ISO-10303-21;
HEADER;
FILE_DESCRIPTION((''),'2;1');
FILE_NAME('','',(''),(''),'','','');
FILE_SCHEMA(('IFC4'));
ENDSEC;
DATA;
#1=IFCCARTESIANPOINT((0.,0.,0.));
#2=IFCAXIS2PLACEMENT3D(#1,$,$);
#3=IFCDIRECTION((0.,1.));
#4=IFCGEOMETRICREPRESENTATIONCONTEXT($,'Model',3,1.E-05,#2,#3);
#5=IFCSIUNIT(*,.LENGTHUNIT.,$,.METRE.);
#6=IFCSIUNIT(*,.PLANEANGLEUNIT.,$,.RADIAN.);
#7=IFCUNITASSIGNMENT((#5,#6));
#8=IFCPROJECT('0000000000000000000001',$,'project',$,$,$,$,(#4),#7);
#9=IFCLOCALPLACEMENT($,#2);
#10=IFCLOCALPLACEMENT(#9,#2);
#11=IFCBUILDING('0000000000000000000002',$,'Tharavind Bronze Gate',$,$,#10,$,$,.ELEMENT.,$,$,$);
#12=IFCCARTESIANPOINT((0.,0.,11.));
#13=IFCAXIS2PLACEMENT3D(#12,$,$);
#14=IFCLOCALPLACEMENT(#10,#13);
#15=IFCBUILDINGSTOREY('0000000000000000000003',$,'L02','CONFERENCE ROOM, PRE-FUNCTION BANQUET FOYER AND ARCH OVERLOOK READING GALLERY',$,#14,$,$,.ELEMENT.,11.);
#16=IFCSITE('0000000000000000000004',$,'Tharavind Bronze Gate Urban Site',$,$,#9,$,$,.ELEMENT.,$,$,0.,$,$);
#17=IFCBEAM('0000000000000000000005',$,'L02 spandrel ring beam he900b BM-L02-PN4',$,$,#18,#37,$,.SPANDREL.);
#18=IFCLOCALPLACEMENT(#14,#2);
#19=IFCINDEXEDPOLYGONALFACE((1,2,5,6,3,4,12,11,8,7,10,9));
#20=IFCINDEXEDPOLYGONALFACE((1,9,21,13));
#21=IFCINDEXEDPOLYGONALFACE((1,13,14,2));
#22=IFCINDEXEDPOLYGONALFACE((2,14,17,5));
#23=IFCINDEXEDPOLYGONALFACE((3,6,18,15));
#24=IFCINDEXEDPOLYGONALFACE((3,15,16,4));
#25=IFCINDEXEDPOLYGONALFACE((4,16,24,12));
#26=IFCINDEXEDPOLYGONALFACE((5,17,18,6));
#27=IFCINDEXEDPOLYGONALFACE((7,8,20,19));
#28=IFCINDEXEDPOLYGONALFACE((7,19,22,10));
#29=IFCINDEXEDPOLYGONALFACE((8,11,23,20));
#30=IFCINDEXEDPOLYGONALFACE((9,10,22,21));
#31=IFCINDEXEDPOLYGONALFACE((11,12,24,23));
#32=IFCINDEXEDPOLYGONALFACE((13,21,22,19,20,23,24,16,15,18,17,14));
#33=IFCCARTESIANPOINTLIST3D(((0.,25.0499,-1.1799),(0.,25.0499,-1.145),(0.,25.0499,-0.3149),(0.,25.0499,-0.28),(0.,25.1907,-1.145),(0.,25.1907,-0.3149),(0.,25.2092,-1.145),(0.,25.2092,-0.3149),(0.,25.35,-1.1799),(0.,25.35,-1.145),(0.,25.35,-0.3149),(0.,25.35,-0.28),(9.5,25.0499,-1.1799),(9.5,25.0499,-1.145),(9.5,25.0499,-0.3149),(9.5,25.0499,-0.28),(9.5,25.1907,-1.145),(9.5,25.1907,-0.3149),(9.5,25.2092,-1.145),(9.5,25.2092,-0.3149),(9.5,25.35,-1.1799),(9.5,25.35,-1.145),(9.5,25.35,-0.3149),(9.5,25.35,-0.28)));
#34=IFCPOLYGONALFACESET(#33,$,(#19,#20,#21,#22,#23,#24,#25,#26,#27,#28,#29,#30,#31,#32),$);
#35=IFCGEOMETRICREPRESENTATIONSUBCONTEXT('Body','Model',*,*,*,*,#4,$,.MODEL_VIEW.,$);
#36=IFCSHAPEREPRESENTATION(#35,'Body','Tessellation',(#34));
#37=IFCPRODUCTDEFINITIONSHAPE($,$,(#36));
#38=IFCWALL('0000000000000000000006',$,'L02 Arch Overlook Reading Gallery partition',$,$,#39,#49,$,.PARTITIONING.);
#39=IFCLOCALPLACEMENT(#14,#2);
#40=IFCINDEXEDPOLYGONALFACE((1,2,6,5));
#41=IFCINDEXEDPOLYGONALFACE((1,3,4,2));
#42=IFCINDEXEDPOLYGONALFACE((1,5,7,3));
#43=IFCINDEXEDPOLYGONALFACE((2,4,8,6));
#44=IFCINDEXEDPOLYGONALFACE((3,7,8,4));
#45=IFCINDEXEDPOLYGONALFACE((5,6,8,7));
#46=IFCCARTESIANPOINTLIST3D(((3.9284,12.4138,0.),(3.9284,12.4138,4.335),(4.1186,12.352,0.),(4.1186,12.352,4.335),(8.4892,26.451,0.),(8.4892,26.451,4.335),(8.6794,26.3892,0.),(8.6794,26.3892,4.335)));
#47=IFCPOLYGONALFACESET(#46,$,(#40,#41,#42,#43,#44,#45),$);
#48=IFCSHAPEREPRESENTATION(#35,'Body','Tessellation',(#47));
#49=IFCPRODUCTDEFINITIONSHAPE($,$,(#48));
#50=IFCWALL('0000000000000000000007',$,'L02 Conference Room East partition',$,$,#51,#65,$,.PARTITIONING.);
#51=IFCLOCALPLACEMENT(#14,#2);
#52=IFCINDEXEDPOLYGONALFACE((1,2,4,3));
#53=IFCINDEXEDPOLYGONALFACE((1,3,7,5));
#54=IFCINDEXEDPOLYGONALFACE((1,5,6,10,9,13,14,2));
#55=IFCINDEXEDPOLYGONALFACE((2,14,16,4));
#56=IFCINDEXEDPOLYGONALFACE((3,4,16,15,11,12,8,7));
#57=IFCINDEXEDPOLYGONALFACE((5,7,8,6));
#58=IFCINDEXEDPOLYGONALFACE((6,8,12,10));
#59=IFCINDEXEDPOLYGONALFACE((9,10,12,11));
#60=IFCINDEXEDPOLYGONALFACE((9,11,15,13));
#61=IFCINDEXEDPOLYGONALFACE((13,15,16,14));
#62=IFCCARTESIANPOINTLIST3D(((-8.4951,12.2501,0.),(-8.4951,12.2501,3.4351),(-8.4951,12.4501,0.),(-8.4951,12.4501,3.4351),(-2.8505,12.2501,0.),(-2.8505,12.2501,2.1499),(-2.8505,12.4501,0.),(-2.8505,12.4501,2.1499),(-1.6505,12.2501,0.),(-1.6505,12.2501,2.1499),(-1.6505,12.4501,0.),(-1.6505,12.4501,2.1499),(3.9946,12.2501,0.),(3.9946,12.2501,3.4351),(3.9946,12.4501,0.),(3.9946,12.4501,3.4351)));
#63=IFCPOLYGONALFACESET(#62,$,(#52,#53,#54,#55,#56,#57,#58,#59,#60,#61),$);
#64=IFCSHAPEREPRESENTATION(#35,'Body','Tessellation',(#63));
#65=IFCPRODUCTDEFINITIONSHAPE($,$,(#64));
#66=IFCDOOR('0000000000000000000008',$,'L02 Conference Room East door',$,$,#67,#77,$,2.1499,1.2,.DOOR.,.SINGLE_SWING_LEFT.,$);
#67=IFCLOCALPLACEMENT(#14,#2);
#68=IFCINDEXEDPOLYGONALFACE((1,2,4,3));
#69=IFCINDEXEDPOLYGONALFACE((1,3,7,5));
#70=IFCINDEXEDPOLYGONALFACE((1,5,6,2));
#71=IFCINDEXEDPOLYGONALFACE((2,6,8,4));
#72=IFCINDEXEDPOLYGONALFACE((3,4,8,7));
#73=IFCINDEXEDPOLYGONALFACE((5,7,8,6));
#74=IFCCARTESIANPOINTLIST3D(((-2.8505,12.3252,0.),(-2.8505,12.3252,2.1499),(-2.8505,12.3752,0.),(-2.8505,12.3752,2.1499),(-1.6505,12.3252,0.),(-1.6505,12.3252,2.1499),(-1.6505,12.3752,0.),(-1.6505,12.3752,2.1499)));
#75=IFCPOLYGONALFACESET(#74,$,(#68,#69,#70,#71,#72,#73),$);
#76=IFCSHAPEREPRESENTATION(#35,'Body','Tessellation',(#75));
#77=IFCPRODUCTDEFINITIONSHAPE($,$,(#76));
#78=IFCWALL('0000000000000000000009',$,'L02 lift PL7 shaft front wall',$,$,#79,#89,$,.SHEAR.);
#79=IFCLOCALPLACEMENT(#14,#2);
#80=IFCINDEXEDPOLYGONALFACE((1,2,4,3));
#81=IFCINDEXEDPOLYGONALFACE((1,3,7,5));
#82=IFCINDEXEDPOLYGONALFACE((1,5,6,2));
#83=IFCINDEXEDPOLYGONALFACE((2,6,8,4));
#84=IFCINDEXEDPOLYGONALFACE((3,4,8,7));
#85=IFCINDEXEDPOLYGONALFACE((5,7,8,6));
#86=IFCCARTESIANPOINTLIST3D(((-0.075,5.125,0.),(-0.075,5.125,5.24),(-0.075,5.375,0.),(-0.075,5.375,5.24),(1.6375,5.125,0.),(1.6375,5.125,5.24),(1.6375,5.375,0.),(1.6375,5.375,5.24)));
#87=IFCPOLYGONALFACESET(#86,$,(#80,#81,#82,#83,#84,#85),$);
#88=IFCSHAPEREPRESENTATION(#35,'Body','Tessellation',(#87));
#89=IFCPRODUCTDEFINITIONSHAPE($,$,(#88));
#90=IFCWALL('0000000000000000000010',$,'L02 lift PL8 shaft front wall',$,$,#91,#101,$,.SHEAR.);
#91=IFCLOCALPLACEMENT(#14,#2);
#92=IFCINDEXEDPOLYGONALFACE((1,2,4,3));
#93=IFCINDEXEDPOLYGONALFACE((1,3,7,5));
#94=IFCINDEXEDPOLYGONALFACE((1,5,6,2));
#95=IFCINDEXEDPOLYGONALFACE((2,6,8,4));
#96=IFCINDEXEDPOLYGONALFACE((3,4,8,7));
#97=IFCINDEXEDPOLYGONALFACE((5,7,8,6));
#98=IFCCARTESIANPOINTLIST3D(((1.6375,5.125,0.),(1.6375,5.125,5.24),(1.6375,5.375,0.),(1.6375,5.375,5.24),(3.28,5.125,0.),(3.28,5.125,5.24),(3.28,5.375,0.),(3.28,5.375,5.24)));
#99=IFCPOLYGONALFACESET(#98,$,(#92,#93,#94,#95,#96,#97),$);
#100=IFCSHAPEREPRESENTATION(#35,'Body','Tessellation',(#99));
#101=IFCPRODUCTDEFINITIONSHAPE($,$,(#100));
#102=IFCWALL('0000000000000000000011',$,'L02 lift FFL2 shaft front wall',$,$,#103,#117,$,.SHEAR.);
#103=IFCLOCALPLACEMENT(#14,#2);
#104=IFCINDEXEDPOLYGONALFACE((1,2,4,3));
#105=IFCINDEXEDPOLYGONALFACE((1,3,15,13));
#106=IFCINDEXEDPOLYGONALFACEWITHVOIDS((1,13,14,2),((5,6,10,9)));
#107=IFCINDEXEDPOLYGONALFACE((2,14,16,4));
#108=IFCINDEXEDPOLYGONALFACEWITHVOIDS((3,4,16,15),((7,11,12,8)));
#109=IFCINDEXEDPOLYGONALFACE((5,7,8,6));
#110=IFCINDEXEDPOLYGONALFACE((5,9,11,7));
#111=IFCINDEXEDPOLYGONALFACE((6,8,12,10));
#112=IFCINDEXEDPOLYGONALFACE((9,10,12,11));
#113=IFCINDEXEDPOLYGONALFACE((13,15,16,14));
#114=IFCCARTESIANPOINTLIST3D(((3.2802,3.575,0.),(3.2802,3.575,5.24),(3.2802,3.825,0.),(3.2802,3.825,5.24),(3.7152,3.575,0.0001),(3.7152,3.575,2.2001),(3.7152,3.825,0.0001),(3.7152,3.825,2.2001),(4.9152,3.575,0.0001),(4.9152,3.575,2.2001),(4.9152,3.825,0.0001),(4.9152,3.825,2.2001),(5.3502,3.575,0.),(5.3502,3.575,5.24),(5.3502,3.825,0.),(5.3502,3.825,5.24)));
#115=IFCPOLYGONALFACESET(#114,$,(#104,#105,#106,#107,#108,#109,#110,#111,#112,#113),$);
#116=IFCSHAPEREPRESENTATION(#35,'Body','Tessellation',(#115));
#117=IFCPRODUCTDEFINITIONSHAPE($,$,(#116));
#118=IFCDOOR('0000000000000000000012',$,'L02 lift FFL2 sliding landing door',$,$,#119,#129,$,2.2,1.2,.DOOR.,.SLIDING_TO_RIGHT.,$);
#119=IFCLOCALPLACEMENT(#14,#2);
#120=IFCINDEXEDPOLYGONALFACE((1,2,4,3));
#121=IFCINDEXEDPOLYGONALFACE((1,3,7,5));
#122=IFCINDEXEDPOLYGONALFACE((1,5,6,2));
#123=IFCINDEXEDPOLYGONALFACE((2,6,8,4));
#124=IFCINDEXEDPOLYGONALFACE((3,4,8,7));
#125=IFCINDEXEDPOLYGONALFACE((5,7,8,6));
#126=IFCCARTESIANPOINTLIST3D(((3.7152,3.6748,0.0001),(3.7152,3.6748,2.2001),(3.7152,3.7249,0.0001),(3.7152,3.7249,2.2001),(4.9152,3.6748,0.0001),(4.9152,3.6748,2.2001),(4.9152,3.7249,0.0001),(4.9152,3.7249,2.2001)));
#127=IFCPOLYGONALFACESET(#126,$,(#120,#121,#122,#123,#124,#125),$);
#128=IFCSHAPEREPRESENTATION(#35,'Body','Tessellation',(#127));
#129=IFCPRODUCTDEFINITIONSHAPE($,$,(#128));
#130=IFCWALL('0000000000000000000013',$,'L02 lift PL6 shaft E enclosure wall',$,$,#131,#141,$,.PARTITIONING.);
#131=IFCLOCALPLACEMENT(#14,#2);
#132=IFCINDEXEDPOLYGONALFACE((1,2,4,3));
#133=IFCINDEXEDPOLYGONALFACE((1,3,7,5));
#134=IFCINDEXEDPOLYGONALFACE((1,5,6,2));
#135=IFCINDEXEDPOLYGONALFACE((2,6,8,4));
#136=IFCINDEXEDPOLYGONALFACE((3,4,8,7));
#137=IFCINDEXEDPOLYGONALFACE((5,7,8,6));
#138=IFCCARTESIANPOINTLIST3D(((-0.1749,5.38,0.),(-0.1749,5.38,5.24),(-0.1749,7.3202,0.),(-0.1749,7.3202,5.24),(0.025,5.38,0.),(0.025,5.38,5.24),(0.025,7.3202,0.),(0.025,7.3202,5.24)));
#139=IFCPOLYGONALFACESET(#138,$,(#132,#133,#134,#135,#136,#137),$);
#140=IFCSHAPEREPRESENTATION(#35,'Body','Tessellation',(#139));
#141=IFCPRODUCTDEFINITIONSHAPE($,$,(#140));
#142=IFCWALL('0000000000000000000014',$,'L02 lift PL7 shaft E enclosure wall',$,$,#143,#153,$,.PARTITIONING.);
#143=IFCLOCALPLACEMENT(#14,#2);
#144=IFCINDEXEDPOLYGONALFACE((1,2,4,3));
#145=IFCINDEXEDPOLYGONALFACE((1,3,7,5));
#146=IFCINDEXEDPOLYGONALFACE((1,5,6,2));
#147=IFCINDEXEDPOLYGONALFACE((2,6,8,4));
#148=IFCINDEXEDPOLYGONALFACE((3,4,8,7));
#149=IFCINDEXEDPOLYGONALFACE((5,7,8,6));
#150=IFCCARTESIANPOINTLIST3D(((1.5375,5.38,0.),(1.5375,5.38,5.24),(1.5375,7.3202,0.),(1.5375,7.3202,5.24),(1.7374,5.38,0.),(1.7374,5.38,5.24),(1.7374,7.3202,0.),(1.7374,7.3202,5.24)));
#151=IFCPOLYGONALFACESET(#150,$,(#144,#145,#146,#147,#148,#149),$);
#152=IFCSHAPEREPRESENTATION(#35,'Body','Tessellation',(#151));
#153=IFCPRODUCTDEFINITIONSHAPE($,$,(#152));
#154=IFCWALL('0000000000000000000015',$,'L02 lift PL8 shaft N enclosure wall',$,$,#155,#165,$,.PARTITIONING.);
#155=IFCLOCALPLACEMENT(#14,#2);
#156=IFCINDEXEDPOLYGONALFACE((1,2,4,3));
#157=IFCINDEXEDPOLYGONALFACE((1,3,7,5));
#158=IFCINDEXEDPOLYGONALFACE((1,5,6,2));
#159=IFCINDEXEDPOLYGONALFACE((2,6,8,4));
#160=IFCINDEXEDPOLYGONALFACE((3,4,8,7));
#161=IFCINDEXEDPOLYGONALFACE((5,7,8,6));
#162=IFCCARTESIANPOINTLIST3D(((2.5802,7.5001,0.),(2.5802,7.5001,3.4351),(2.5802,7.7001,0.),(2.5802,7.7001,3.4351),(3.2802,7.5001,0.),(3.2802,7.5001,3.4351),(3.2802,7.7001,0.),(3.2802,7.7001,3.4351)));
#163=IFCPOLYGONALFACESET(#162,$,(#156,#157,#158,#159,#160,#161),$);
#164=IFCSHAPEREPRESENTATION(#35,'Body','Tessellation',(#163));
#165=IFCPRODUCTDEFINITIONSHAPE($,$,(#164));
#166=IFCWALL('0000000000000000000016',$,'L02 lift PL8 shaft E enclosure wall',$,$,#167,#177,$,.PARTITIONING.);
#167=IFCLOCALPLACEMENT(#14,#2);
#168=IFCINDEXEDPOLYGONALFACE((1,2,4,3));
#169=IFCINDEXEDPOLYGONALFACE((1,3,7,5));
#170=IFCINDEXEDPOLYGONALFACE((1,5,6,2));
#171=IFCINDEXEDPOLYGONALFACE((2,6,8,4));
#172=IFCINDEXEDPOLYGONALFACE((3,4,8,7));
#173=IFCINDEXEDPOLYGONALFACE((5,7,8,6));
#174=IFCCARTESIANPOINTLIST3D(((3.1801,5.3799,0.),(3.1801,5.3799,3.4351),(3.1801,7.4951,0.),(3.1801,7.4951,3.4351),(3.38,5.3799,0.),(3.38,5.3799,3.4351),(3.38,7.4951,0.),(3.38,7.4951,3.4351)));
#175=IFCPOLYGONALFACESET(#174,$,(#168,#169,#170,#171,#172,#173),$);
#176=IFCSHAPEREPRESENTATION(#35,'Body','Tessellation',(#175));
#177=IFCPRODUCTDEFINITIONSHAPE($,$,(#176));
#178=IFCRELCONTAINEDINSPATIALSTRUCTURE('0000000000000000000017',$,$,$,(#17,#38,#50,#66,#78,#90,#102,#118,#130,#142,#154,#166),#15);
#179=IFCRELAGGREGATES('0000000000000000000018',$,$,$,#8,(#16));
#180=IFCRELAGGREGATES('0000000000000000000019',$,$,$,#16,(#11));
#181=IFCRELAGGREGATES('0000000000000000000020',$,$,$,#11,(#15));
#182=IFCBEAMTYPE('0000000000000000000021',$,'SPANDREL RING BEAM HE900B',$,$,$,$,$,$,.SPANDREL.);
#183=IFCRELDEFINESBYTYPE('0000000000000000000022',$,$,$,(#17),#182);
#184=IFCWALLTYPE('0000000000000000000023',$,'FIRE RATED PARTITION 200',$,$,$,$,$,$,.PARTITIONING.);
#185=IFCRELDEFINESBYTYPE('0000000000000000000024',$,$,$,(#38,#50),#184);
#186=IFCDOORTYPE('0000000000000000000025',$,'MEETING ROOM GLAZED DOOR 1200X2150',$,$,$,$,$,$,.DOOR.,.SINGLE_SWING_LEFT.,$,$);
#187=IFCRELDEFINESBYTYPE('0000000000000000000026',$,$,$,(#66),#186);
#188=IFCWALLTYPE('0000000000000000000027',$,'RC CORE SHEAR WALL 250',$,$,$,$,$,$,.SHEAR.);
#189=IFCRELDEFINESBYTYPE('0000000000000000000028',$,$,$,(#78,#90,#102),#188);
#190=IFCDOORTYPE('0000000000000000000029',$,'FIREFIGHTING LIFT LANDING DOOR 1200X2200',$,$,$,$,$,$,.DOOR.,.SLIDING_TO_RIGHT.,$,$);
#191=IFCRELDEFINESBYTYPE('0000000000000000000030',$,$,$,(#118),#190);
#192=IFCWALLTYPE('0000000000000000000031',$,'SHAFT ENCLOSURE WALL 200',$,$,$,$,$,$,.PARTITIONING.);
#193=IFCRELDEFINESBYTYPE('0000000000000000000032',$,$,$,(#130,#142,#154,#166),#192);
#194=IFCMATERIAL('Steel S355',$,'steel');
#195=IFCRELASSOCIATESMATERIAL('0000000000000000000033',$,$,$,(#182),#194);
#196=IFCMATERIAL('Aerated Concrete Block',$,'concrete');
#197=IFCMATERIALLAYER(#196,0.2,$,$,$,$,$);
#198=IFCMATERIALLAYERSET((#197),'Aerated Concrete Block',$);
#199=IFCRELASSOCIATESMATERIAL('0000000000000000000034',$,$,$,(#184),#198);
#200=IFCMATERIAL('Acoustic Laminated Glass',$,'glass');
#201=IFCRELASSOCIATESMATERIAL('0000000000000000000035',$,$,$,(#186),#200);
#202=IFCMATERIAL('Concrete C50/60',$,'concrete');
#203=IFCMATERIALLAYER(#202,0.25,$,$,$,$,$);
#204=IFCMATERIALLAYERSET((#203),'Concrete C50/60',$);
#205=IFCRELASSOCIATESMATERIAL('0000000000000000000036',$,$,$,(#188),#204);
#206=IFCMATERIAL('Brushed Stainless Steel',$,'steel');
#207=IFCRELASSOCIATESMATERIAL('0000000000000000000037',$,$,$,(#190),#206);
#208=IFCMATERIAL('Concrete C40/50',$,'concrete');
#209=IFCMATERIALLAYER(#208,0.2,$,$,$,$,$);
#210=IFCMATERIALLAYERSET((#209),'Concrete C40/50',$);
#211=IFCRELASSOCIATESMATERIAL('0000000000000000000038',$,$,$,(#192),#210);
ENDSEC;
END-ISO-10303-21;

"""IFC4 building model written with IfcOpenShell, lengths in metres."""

from ifc_helpers import new_model, si_unit, direction, frame, frame_2d, origin, origin_2d, place, context, subcontext, project, spatial, rectangle, i_section, extrude, material, layer, layer_set, material_profile, profile_set, type_object, element, fill, save


model = new_model("IFC4")

# Units and contexts
model_context = context("Model", 3, precision=1e-05, world=origin(), true_north=direction((0.0, 1.0)))
body_context = subcontext(model_context, "Body", "Model", "MODEL_VIEW")
ifc_project = project(units=[si_unit("LENGTHUNIT", "METRE"), si_unit("PLANEANGLEUNIT", "RADIAN")], contexts=[model_context])

# Site, building, storey
site_placement = place(None, origin())
site = spatial("IfcSite", under=ifc_project, at=site_placement, Name="Tharavind Bronze Gate Urban Site", CompositionType="ELEMENT", RefElevation=0.0)
building_placement = place(site_placement, origin())
building = spatial("IfcBuilding", under=site, at=building_placement, Name="Tharavind Bronze Gate", CompositionType="ELEMENT")
storey_placement = place(building_placement, frame((0.0, 0.0, 11.0)))
storey = spatial("IfcBuildingStorey", under=building, at=storey_placement, Name="L02", Description="CONFERENCE ROOM, PRE-FUNCTION BANQUET FOYER AND ARCH OVERLOOK READING GALLERY", CompositionType="ELEMENT", Elevation=11.0)

# Beam
ifc_material_1 = material(Name="Steel S355", Category="steel")
ifc_material_profile_1 = material_profile(ifc_material_1, i_section(OverallWidth=0.3, OverallDepth=0.8999, WebThickness=0.0186, FlangeThickness=0.0349, at=origin_2d()), Name="HE900B")
ifc_profile_set_1 = profile_set([ifc_material_profile_1], Name="Steel S355")
beam_type_1 = type_object("IfcBeamType", Name="SPANDREL RING BEAM HE900B", PredefinedType="SPANDREL", material=ifc_profile_set_1)
beam_1_placement = place(storey_placement, frame((0.0, 25.2, -0.73), z_axis=(1.0, 0.0, 0.0), x_axis=(0.0, 1.0, 0.0)))
element("IfcBeam", 1, at=beam_1_placement, inside=storey, type_object=beam_type_1, Name="L02 spandrel ring beam he900b BM-L02-PN4", PredefinedType="SPANDREL", context=body_context, shape_type="SweptSolid", body=[
    extrude(i_section(OverallWidth=0.3, OverallDepth=0.8999, WebThickness=0.0186, FlangeThickness=0.0349, at=origin_2d()), origin(), (0.0, 0.0, 1.0), 9.5),
])

# Wall
ifc_material_2 = material(Name="Aerated Concrete Block", Category="concrete")
ifc_layer_1 = layer(ifc_material_2, 0.2)
ifc_layer_set_1 = layer_set([ifc_layer_1], Name="Aerated Concrete Block")
wall_type_1 = type_object("IfcWallType", Name="FIRE RATED PARTITION 200", PredefinedType="PARTITIONING", material=ifc_layer_set_1)
wall_1_placement = place(storey_placement, frame((4.0234, 12.3828, 0.0), z_axis=(0.0, 0.0, 1.0), x_axis=(0.309008, 0.951059, 0.0)))
element("IfcWall", 2, at=wall_1_placement, inside=storey, type_object=wall_type_1, Name="L02 Arch Overlook Reading Gallery partition", PredefinedType="PARTITIONING", context=body_context, shape_type="SweptSolid", body=[
    extrude(rectangle(XDim=14.7595, YDim=0.2, at=frame_2d((7.3799, 0.0))), origin(), (0.0, 0.0, 1.0), 4.335),
])

# Wall, opening, door
wall_2_placement = place(storey_placement, frame((3.9946, 12.3501, 0.0), z_axis=(0.0, 0.0, 1.0), x_axis=(-1.0, 0.0, 0.0)))
wall_2 = element("IfcWall", 3, at=wall_2_placement, inside=storey, type_object=wall_type_1, Name="L02 Conference Room East partition", PredefinedType="PARTITIONING", context=body_context, shape_type="SweptSolid", body=[
    extrude(rectangle(XDim=12.4897, YDim=0.2, at=frame_2d((6.2449, 0.0))), origin(), (0.0, 0.0, 1.0), 3.4351),
])
opening_1_placement = place(wall_2_placement, frame((5.645, 0.0, 0.0)))
opening_1 = element("IfcOpeningElement", 4, at=opening_1_placement, cuts=wall_2, PredefinedType="OPENING", context=body_context, shape_type="SweptSolid", body=[
    extrude(rectangle(XDim=1.2, YDim=2.1499, at=frame_2d((0.6001, 1.075))), frame((0.0, 0.1101, 0.0), z_axis=(0.0, -1.0, 0.0), x_axis=(1.0, 0.0, 0.0)), (0.0, 0.0, 1.0), 0.22),
])
ifc_material_3 = material(Name="Acoustic Laminated Glass", Category="glass")
door_type_1 = type_object("IfcDoorType", Name="MEETING ROOM GLAZED DOOR 1200X2150", OperationType="SINGLE_SWING_LEFT", PredefinedType="DOOR", material=ifc_material_3)
door_1_placement = place(opening_1_placement, origin())
door_1 = element("IfcDoor", 5, at=door_1_placement, inside=storey, type_object=door_type_1, Name="L02 Conference Room East door", OperationType="SINGLE_SWING_LEFT", OverallHeight=2.1499, OverallWidth=1.2, PredefinedType="DOOR", context=body_context, shape_type="SweptSolid", body=[
    extrude(rectangle(XDim=1.2, YDim=2.1499, at=frame_2d((0.6001, 1.075))), frame((0.0, 0.0249, 0.0), z_axis=(0.0, -1.0, 0.0), x_axis=(1.0, 0.0, 0.0)), (0.0, 0.0, 1.0), 0.05),
])
fill(opening_1, door_1)
ifc_material_4 = material(Name="Concrete C50/60", Category="concrete")
ifc_layer_2 = layer(ifc_material_4, 0.25)
ifc_layer_set_2 = layer_set([ifc_layer_2], Name="Concrete C50/60")
wall_type_2 = type_object("IfcWallType", Name="RC CORE SHEAR WALL 250", PredefinedType="SHEAR", material=ifc_layer_set_2)

# Walls
wall_3_placement = place(storey_placement, frame((-0.075, 5.25, 0.0), z_axis=(0.0, 0.0, 1.0), x_axis=(1.0, 0.0, 0.0)))
element("IfcWall", 6, at=wall_3_placement, inside=storey, type_object=wall_type_2, Name="L02 lift PL7 shaft front wall", PredefinedType="SHEAR", context=body_context, shape_type="SweptSolid", body=[
    extrude(rectangle(XDim=1.7124, YDim=0.25, at=frame_2d((0.8562, 0.0))), origin(), (0.0, 0.0, 1.0), 5.24),
])
wall_4_placement = place(storey_placement, frame((1.6375, 5.25, 0.0), z_axis=(0.0, 0.0, 1.0), x_axis=(1.0, 0.0, 0.0)))
element("IfcWall", 7, at=wall_4_placement, inside=storey, type_object=wall_type_2, Name="L02 lift PL8 shaft front wall", PredefinedType="SHEAR", context=body_context, shape_type="SweptSolid", body=[
    extrude(rectangle(XDim=1.6426, YDim=0.25, at=frame_2d((0.8213, 0.0))), origin(), (0.0, 0.0, 1.0), 5.24),
])

# Wall, opening, door
wall_5_placement = place(storey_placement, frame((3.28, 3.7, 0.0), z_axis=(0.0, 0.0, 1.0), x_axis=(1.0, 0.0, 0.0)))
wall_5 = element("IfcWall", 8, at=wall_5_placement, inside=storey, type_object=wall_type_2, Name="L02 lift FFL2 shaft front wall", PredefinedType="SHEAR", context=body_context, shape_type="SweptSolid", body=[
    extrude(rectangle(XDim=2.0701, YDim=0.25, at=frame_2d((1.0352, 0.0))), origin(), (0.0, 0.0, 1.0), 5.24),
])
opening_2_placement = place(wall_5_placement, frame((0.4351, 0.0, 0.0)))
opening_2 = element("IfcOpeningElement", 9, at=opening_2_placement, cuts=wall_5, PredefinedType="OPENING", context=body_context, shape_type="SweptSolid", body=[
    extrude(rectangle(XDim=1.2, YDim=2.2, at=frame_2d((0.6001, 1.1001))), frame((0.0, 0.135, 0.0), z_axis=(0.0, -1.0, 0.0), x_axis=(1.0, 0.0, 0.0)), (0.0, 0.0, 1.0), 0.27),
])
ifc_material_5 = material(Name="Brushed Stainless Steel", Category="steel")
door_type_2 = type_object("IfcDoorType", Name="FIREFIGHTING LIFT LANDING DOOR 1200X2200", OperationType="SLIDING_TO_RIGHT", PredefinedType="DOOR", material=ifc_material_5)
door_2_placement = place(opening_2_placement, origin())
door_2 = element("IfcDoor", 10, at=door_2_placement, inside=storey, type_object=door_type_2, Name="L02 lift FFL2 sliding landing door", OperationType="SLIDING_TO_RIGHT", OverallHeight=2.2, OverallWidth=1.2, PredefinedType="DOOR", context=body_context, shape_type="SweptSolid", body=[
    extrude(rectangle(XDim=1.2, YDim=2.2, at=frame_2d((0.6001, 1.1001))), frame((0.0, 0.0249, 0.0), z_axis=(0.0, -1.0, 0.0), x_axis=(1.0, 0.0, 0.0)), (0.0, 0.0, 1.0), 0.05),
])
fill(opening_2, door_2)

# Walls
ifc_material_6 = material(Name="Concrete C40/50", Category="concrete")
ifc_layer_3 = layer(ifc_material_6, 0.2)
ifc_layer_set_3 = layer_set([ifc_layer_3], Name="Concrete C40/50")
wall_type_3 = type_object("IfcWallType", Name="SHAFT ENCLOSURE WALL 200", PredefinedType="PARTITIONING", material=ifc_layer_set_3)
for number, where, z_axis, x_axis, name in (
    (11, (-0.075, 5.3799, 0.0), (0.0, 0.0, 1.0), (0.0, 1.0, 0.0), "L02 lift PL6 shaft E enclosure wall"),
    (12, (1.6375, 5.3799, 0.0), (0.0, 0.0, 1.0), (0.0, 1.0, 0.0), "L02 lift PL7 shaft E enclosure wall"),
):
    element("IfcWall", number, at=place(storey_placement, frame(where, z_axis=z_axis, x_axis=x_axis)), inside=storey, type_object=wall_type_3, Name=name, PredefinedType="PARTITIONING", context=body_context, shape_type="SweptSolid", body=[
        extrude(rectangle(XDim=1.9402, YDim=0.2, at=frame_2d((0.9702, 0.0))), origin(), (0.0, 0.0, 1.0), 5.24),
    ])
wall_6_placement = place(storey_placement, frame((2.5801, 7.6001, 0.0), z_axis=(0.0, 0.0, 1.0), x_axis=(1.0, 0.0, 0.0)))
element("IfcWall", 13, at=wall_6_placement, inside=storey, type_object=wall_type_3, Name="L02 lift PL8 shaft N enclosure wall", PredefinedType="PARTITIONING", context=body_context, shape_type="SweptSolid", body=[
    extrude(rectangle(XDim=0.7, YDim=0.2, at=frame_2d((0.3501, 0.0))), origin(), (0.0, 0.0, 1.0), 3.4351),
])
wall_7_placement = place(storey_placement, frame((3.28, 5.3799, 0.0), z_axis=(0.0, 0.0, 1.0), x_axis=(0.0, 1.0, 0.0)))
element("IfcWall", 14, at=wall_7_placement, inside=storey, type_object=wall_type_3, Name="L02 lift PL8 shaft E enclosure wall", PredefinedType="PARTITIONING", context=body_context, shape_type="SweptSolid", body=[
    extrude(rectangle(XDim=2.1152, YDim=0.2, at=frame_2d((1.0576, 0.0))), origin(), (0.0, 0.0, 1.0), 3.4351),
])

save(model, "model.ifc")
